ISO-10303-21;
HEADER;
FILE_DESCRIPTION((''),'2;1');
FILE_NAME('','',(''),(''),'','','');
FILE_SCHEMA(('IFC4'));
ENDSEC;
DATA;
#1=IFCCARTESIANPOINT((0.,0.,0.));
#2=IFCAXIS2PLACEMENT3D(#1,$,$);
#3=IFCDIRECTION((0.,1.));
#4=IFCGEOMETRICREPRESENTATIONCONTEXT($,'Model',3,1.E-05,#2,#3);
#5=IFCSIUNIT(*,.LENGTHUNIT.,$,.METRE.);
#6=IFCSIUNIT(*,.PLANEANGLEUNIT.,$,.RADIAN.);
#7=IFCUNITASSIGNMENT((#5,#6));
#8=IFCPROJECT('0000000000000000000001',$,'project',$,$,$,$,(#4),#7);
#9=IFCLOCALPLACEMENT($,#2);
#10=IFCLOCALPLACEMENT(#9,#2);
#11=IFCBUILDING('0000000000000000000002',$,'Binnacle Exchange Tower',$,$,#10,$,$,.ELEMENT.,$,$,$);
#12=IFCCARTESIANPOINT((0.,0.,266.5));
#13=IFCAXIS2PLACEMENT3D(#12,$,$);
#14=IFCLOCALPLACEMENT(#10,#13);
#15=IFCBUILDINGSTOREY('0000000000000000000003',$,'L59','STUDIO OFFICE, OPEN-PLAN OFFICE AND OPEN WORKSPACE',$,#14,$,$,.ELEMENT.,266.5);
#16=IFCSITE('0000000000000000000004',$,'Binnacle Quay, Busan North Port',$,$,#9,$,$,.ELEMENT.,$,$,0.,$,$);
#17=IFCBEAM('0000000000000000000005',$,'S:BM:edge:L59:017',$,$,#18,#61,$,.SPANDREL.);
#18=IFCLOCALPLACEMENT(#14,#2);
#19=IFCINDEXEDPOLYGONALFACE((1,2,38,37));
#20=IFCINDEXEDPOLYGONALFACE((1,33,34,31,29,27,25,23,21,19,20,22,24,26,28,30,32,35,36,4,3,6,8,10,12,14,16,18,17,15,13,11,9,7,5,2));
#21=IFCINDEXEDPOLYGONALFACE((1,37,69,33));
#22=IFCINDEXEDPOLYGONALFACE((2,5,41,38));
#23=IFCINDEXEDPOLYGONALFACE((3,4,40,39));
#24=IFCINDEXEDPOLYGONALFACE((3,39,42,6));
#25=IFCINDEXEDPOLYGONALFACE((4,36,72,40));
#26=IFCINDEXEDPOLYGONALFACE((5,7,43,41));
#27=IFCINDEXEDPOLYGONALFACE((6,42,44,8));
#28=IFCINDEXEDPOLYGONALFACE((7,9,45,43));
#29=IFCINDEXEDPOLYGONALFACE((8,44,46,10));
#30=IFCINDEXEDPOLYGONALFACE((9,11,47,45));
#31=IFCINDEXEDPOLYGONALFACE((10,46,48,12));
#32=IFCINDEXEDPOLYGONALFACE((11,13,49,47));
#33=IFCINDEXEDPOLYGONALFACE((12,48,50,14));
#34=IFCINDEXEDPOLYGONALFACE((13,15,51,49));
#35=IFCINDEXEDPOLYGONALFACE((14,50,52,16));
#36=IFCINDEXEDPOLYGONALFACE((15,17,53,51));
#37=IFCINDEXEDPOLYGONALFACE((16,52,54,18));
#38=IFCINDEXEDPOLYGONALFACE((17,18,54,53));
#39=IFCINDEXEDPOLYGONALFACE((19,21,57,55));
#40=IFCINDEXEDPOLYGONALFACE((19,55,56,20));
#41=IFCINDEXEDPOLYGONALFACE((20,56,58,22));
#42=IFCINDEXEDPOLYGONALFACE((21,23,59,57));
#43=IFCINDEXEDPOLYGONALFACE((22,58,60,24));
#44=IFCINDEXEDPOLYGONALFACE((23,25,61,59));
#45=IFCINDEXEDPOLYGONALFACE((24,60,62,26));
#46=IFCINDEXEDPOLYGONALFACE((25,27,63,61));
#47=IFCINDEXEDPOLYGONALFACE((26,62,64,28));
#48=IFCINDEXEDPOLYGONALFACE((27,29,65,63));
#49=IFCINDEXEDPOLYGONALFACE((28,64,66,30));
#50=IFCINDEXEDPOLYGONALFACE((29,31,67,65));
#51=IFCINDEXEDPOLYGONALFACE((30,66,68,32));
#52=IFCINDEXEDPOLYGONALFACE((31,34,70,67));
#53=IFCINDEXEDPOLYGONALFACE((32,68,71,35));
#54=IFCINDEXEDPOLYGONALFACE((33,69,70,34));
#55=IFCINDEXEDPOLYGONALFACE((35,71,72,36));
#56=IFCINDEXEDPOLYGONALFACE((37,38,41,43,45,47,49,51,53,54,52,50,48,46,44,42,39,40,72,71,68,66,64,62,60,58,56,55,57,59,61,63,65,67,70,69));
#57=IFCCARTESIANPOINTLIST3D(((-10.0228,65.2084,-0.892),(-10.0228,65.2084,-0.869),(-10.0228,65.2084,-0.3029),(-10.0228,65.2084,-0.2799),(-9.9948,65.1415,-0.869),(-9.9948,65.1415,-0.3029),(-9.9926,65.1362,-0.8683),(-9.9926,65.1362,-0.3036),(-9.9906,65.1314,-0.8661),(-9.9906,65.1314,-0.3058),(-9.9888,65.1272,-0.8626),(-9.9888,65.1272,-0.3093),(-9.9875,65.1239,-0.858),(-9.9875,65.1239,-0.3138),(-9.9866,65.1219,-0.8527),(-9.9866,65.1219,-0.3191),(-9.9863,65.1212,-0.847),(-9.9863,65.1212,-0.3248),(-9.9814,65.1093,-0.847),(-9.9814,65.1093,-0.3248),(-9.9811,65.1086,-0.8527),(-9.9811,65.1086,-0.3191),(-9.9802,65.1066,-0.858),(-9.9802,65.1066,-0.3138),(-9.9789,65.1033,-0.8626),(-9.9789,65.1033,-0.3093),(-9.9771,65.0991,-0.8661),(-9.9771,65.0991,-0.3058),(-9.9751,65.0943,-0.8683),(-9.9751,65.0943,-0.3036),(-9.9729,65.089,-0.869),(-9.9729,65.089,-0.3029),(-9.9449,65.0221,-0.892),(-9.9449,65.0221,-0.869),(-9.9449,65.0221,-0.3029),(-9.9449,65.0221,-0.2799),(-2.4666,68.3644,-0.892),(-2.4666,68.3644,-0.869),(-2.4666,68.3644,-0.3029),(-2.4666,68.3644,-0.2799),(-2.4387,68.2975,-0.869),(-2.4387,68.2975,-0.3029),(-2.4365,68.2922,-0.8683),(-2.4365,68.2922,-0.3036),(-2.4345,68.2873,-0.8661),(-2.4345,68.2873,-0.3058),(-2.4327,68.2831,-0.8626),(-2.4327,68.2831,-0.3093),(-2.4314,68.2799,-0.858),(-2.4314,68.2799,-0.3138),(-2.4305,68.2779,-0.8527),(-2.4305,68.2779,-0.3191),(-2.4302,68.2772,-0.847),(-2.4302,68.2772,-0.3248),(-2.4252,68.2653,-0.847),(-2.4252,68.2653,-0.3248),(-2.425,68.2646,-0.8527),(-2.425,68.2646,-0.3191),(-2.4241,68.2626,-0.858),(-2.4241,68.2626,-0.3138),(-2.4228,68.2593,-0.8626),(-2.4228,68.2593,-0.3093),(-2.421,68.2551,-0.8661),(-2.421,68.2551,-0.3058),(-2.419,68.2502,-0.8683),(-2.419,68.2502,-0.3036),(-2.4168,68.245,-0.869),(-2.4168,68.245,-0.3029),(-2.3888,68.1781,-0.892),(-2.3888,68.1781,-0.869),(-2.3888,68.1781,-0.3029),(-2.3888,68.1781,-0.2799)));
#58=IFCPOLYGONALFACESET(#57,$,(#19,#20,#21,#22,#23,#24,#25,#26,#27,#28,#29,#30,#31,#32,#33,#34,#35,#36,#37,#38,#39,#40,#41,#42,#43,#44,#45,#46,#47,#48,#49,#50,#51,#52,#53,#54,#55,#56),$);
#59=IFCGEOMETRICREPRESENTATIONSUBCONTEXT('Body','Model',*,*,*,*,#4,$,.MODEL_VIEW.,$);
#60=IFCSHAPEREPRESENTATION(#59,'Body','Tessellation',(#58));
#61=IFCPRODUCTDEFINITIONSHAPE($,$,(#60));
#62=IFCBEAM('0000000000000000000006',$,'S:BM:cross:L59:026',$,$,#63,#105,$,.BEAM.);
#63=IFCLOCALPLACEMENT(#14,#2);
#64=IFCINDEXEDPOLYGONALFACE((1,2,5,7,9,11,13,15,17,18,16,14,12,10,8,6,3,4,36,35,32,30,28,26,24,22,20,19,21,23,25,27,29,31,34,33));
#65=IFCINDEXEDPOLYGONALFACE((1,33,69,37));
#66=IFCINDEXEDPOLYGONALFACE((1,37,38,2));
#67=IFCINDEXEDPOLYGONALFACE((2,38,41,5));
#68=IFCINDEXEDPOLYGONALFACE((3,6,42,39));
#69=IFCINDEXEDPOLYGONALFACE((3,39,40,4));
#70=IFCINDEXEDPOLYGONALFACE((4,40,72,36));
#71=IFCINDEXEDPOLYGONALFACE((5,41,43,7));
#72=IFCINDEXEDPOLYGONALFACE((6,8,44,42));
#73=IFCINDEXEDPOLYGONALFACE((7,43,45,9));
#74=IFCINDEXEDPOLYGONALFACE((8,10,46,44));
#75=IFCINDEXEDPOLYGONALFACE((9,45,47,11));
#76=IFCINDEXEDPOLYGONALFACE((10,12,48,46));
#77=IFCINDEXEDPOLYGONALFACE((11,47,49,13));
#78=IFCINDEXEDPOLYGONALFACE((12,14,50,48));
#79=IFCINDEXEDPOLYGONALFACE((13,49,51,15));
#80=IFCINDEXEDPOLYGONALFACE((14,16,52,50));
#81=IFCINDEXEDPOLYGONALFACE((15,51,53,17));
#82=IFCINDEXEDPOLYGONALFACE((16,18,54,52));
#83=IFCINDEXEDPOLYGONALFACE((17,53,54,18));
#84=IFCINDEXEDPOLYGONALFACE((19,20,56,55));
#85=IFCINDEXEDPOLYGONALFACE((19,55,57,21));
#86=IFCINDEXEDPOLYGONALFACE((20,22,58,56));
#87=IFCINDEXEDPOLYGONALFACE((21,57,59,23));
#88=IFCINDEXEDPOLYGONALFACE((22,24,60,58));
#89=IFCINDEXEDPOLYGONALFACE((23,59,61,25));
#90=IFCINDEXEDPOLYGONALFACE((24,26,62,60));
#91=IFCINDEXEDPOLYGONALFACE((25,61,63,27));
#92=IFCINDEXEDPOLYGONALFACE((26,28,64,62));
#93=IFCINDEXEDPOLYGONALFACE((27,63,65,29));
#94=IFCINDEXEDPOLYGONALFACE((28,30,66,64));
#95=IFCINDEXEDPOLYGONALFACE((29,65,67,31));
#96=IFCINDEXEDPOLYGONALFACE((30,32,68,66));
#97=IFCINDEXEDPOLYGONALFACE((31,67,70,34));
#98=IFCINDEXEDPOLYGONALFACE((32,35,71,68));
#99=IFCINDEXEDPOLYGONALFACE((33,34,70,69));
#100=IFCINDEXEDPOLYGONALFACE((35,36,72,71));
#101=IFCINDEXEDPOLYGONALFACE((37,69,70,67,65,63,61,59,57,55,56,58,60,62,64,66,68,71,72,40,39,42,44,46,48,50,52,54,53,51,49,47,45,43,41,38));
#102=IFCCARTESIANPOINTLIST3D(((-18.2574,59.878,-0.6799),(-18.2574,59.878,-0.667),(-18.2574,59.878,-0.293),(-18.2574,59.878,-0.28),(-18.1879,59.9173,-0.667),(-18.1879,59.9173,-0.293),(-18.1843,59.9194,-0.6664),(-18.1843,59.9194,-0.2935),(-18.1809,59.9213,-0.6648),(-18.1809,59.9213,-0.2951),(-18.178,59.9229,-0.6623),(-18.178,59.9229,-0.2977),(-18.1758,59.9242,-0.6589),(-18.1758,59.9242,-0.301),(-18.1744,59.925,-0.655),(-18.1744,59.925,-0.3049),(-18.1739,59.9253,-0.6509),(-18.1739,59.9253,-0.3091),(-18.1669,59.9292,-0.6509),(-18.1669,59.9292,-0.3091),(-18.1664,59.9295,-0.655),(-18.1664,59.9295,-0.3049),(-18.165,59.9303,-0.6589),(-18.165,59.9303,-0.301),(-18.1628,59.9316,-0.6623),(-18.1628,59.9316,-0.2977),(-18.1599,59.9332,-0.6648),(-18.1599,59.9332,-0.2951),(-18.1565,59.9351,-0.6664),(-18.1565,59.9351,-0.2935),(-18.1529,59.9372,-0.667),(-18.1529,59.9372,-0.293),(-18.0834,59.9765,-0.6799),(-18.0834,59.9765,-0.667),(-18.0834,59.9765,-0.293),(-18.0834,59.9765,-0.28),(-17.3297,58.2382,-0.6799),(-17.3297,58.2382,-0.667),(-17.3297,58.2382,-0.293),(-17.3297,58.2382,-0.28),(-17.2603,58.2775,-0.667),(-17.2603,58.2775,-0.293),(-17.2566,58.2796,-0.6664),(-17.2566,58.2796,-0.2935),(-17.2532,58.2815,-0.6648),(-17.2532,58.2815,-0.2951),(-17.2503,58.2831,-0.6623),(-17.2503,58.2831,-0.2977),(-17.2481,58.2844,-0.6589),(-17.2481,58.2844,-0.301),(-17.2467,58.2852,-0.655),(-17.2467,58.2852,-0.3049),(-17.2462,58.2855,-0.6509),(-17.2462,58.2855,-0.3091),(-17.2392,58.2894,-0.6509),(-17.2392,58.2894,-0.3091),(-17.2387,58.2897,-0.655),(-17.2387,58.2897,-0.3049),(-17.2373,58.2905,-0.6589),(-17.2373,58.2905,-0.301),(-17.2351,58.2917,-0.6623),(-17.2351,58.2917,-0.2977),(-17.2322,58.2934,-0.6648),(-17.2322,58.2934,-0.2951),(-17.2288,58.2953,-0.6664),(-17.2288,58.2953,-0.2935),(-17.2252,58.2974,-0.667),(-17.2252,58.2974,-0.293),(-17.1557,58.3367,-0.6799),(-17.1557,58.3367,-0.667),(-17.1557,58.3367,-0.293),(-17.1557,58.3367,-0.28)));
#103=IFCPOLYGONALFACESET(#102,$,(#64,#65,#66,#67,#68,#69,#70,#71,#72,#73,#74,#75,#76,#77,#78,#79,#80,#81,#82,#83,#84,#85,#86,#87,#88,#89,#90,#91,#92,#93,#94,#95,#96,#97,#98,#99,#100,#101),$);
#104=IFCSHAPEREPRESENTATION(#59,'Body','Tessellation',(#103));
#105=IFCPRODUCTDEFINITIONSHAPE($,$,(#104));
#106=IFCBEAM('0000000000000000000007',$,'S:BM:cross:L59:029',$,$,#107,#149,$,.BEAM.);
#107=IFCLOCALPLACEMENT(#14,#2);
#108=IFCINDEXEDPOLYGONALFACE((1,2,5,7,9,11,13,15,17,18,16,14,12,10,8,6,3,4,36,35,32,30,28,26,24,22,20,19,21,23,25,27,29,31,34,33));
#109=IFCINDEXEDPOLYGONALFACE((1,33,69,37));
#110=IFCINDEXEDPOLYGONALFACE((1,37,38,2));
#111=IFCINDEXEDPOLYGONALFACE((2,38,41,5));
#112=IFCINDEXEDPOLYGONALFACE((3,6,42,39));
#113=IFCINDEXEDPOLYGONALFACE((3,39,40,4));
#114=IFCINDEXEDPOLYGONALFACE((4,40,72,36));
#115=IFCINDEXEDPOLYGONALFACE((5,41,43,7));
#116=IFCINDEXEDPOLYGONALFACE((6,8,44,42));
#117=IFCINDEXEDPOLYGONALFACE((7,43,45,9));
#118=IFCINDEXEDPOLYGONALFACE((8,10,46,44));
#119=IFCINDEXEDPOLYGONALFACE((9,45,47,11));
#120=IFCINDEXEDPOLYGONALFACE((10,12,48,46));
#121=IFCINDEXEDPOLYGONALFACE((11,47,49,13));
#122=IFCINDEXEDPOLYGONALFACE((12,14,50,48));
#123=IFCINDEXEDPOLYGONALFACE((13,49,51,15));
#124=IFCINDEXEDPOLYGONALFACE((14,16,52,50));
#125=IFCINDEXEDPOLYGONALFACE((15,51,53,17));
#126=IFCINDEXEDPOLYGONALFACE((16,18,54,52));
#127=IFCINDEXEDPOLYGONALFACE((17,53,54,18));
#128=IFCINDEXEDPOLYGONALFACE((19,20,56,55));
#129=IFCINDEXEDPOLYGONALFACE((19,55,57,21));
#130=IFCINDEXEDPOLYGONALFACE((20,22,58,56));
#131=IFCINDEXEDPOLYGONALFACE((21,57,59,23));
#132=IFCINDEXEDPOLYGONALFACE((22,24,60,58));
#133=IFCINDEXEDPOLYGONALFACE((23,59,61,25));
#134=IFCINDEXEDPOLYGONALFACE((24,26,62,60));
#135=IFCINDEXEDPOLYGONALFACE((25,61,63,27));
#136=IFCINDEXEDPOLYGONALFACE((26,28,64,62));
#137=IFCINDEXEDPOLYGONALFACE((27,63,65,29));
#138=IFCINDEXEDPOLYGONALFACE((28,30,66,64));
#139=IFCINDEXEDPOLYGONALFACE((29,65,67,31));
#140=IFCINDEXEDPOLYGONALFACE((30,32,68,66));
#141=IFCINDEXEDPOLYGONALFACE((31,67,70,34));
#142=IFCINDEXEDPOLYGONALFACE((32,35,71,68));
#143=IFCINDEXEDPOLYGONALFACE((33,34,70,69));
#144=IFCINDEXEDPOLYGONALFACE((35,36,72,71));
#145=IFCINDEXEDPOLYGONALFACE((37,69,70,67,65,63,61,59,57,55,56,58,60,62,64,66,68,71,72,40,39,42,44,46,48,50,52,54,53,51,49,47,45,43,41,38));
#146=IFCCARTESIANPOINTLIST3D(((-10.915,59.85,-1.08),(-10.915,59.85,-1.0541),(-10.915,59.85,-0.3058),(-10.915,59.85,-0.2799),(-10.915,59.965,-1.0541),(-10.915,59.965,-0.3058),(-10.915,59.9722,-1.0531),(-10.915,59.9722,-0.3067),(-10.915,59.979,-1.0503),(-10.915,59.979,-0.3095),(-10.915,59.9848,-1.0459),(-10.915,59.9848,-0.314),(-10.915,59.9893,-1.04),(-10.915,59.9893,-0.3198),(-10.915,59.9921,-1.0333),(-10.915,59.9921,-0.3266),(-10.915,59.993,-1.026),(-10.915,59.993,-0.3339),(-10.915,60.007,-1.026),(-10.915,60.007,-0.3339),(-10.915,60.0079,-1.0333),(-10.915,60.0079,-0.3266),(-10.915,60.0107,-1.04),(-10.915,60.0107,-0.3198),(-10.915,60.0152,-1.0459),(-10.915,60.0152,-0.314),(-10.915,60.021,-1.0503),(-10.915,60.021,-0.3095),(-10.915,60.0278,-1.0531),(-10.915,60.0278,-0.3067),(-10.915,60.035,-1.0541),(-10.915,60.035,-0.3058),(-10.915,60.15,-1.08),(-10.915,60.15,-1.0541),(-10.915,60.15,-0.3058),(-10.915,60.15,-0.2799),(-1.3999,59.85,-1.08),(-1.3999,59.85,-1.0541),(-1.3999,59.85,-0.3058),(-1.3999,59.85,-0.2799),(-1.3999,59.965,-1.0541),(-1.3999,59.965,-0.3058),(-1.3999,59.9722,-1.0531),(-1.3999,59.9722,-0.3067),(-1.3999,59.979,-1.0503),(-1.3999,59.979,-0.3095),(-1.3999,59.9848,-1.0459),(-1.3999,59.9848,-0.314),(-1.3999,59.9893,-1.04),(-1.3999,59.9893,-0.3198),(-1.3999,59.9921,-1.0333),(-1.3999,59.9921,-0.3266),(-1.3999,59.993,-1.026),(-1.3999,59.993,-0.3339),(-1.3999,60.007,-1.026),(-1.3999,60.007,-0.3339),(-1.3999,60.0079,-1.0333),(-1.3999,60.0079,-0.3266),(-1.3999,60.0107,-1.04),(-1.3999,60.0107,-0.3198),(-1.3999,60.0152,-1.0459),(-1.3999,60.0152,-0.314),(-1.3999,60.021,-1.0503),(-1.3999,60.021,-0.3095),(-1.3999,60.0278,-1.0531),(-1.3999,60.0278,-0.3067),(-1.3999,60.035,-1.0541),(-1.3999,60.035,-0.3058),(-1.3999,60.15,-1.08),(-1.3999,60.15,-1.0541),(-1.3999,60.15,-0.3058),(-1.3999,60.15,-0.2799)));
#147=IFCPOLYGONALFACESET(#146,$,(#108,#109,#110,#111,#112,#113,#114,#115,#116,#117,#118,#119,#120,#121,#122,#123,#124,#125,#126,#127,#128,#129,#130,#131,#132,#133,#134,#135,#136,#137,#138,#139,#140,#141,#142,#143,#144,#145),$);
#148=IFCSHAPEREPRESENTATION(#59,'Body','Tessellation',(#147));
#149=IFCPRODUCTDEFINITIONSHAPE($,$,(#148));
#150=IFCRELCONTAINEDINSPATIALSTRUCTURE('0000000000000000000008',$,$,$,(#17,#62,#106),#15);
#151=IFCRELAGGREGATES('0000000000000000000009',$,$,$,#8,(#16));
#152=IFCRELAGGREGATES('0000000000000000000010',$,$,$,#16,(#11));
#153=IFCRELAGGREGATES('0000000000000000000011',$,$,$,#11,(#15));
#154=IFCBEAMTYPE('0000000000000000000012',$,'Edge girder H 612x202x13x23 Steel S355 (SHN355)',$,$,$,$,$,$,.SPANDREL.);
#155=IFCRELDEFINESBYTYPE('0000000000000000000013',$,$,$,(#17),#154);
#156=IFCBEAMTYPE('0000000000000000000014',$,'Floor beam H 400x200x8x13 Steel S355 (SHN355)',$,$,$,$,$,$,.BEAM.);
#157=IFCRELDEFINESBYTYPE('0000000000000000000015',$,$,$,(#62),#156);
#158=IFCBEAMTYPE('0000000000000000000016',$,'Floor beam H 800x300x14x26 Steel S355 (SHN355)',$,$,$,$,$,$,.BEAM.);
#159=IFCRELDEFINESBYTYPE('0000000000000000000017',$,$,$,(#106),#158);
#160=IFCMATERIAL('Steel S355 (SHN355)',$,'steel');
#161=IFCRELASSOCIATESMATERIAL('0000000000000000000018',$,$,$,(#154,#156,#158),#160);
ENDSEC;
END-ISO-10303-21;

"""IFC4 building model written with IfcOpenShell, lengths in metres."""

from ifc_helpers import new_model, si_unit, direction, frame, origin, origin_2d, place, context, subcontext, project, spatial, i_section, extrude, material, material_profile, profile_set, type_object, element, save


model = new_model("IFC4")

# Units and contexts
model_context = context("Model", 3, precision=1e-05, world=origin(), true_north=direction((0.0, 1.0)))
body_context = subcontext(model_context, "Body", "Model", "MODEL_VIEW")
ifc_project = project(units=[si_unit("LENGTHUNIT", "METRE"), si_unit("PLANEANGLEUNIT", "RADIAN")], contexts=[model_context])

# Site, building, storey
site_placement = place(None, origin())
site = spatial("IfcSite", under=ifc_project, at=site_placement, Name="Binnacle Quay, Busan North Port", CompositionType="ELEMENT", RefElevation=0.0)
building_placement = place(site_placement, origin())
building = spatial("IfcBuilding", under=site, at=building_placement, Name="Binnacle Exchange Tower", CompositionType="ELEMENT")
storey_placement = place(building_placement, frame((0.0, 0.0, 266.5)))
storey = spatial("IfcBuildingStorey", under=building, at=storey_placement, Name="L59", Description="STUDIO OFFICE, OPEN-PLAN OFFICE AND OPEN WORKSPACE", CompositionType="ELEMENT", Elevation=266.5)

# Beams
ifc_material_1 = material(Name="Steel S355 (SHN355)", Category="steel")
ifc_material_profile_1 = material_profile(ifc_material_1, i_section(OverallWidth=0.2019, OverallDepth=0.6121, WebThickness=0.0129, FlangeThickness=0.0229, FilletRadius=0.022, at=origin_2d()), Name="H 612x202x13x23")
ifc_profile_set_1 = profile_set([ifc_material_profile_1], Name="Steel S355 (SHN355)")
beam_type_1 = type_object("IfcBeamType", Name="Edge girder H 612x202x13x23 Steel S355 (SHN355)", PredefinedType="SPANDREL", material=ifc_profile_set_1)
beam_1_placement = place(storey_placement, frame((-2.4277, 68.2712, -0.5859), z_axis=(-0.922747, -0.385407, 0.0), x_axis=(0.385407, -0.922747, 0.0)))
element("IfcBeam", 1, at=beam_1_placement, inside=storey, type_object=beam_type_1, Name="S:BM:edge:L59:017", PredefinedType="SPANDREL", context=body_context, shape_type="SweptSolid", body=[
    extrude(i_section(OverallWidth=0.2019, OverallDepth=0.6121, WebThickness=0.0129, FlangeThickness=0.0229, FilletRadius=0.022, at=origin_2d()), origin(), (0.0, 0.0, 1.0), 8.1887),
])
ifc_material_profile_2 = material_profile(ifc_material_1, i_section(OverallWidth=0.2, OverallDepth=0.3999, WebThickness=0.0081, FlangeThickness=0.0129, FilletRadius=0.0161, at=origin_2d()), Name="H 400x200x8x13")
ifc_profile_set_2 = profile_set([ifc_material_profile_2], Name="Steel S355 (SHN355)")
beam_type_2 = type_object("IfcBeamType", Name="Floor beam H 400x200x8x13 Steel S355 (SHN355)", PredefinedType="BEAM", material=ifc_profile_set_2)
beam_2_placement = place(storey_placement, frame((-18.1704, 59.9272, -0.48), z_axis=(0.492395, -0.870372, 0.0), x_axis=(0.870372, 0.492395, 0.0)))
element("IfcBeam", 2, at=beam_2_placement, inside=storey, type_object=beam_type_2, Name="S:BM:cross:L59:026", PredefinedType="BEAM", context=body_context, shape_type="SweptSolid", body=[
    extrude(i_section(OverallWidth=0.2, OverallDepth=0.3999, WebThickness=0.0081, FlangeThickness=0.0129, FilletRadius=0.0161, at=origin_2d()), origin(), (0.0, 0.0, 1.0), 1.884),
])
ifc_material_profile_3 = material_profile(ifc_material_1, i_section(OverallWidth=0.3, OverallDepth=0.8, WebThickness=0.0139, FlangeThickness=0.0259, FilletRadius=0.0281, at=origin_2d()), Name="H 800x300x14x26")
ifc_profile_set_3 = profile_set([ifc_material_profile_3], Name="Steel S355 (SHN355)")
beam_type_3 = type_object("IfcBeamType", Name="Floor beam H 800x300x14x26 Steel S355 (SHN355)", PredefinedType="BEAM", material=ifc_profile_set_3)
beam_3_placement = place(storey_placement, frame((-1.3999, 60.0, -0.6799), z_axis=(-1.0, 0.0, 0.0), x_axis=(0.0, -1.0, 0.0)))
element("IfcBeam", 3, at=beam_3_placement, inside=storey, type_object=beam_type_3, Name="S:BM:cross:L59:029", PredefinedType="BEAM", context=body_context, shape_type="SweptSolid", body=[
    extrude(i_section(OverallWidth=0.3, OverallDepth=0.8, WebThickness=0.0139, FlangeThickness=0.0259, FilletRadius=0.0281, at=origin_2d()), origin(), (0.0, 0.0, 1.0), 9.5151),
])

save(model, "model.ifc")
